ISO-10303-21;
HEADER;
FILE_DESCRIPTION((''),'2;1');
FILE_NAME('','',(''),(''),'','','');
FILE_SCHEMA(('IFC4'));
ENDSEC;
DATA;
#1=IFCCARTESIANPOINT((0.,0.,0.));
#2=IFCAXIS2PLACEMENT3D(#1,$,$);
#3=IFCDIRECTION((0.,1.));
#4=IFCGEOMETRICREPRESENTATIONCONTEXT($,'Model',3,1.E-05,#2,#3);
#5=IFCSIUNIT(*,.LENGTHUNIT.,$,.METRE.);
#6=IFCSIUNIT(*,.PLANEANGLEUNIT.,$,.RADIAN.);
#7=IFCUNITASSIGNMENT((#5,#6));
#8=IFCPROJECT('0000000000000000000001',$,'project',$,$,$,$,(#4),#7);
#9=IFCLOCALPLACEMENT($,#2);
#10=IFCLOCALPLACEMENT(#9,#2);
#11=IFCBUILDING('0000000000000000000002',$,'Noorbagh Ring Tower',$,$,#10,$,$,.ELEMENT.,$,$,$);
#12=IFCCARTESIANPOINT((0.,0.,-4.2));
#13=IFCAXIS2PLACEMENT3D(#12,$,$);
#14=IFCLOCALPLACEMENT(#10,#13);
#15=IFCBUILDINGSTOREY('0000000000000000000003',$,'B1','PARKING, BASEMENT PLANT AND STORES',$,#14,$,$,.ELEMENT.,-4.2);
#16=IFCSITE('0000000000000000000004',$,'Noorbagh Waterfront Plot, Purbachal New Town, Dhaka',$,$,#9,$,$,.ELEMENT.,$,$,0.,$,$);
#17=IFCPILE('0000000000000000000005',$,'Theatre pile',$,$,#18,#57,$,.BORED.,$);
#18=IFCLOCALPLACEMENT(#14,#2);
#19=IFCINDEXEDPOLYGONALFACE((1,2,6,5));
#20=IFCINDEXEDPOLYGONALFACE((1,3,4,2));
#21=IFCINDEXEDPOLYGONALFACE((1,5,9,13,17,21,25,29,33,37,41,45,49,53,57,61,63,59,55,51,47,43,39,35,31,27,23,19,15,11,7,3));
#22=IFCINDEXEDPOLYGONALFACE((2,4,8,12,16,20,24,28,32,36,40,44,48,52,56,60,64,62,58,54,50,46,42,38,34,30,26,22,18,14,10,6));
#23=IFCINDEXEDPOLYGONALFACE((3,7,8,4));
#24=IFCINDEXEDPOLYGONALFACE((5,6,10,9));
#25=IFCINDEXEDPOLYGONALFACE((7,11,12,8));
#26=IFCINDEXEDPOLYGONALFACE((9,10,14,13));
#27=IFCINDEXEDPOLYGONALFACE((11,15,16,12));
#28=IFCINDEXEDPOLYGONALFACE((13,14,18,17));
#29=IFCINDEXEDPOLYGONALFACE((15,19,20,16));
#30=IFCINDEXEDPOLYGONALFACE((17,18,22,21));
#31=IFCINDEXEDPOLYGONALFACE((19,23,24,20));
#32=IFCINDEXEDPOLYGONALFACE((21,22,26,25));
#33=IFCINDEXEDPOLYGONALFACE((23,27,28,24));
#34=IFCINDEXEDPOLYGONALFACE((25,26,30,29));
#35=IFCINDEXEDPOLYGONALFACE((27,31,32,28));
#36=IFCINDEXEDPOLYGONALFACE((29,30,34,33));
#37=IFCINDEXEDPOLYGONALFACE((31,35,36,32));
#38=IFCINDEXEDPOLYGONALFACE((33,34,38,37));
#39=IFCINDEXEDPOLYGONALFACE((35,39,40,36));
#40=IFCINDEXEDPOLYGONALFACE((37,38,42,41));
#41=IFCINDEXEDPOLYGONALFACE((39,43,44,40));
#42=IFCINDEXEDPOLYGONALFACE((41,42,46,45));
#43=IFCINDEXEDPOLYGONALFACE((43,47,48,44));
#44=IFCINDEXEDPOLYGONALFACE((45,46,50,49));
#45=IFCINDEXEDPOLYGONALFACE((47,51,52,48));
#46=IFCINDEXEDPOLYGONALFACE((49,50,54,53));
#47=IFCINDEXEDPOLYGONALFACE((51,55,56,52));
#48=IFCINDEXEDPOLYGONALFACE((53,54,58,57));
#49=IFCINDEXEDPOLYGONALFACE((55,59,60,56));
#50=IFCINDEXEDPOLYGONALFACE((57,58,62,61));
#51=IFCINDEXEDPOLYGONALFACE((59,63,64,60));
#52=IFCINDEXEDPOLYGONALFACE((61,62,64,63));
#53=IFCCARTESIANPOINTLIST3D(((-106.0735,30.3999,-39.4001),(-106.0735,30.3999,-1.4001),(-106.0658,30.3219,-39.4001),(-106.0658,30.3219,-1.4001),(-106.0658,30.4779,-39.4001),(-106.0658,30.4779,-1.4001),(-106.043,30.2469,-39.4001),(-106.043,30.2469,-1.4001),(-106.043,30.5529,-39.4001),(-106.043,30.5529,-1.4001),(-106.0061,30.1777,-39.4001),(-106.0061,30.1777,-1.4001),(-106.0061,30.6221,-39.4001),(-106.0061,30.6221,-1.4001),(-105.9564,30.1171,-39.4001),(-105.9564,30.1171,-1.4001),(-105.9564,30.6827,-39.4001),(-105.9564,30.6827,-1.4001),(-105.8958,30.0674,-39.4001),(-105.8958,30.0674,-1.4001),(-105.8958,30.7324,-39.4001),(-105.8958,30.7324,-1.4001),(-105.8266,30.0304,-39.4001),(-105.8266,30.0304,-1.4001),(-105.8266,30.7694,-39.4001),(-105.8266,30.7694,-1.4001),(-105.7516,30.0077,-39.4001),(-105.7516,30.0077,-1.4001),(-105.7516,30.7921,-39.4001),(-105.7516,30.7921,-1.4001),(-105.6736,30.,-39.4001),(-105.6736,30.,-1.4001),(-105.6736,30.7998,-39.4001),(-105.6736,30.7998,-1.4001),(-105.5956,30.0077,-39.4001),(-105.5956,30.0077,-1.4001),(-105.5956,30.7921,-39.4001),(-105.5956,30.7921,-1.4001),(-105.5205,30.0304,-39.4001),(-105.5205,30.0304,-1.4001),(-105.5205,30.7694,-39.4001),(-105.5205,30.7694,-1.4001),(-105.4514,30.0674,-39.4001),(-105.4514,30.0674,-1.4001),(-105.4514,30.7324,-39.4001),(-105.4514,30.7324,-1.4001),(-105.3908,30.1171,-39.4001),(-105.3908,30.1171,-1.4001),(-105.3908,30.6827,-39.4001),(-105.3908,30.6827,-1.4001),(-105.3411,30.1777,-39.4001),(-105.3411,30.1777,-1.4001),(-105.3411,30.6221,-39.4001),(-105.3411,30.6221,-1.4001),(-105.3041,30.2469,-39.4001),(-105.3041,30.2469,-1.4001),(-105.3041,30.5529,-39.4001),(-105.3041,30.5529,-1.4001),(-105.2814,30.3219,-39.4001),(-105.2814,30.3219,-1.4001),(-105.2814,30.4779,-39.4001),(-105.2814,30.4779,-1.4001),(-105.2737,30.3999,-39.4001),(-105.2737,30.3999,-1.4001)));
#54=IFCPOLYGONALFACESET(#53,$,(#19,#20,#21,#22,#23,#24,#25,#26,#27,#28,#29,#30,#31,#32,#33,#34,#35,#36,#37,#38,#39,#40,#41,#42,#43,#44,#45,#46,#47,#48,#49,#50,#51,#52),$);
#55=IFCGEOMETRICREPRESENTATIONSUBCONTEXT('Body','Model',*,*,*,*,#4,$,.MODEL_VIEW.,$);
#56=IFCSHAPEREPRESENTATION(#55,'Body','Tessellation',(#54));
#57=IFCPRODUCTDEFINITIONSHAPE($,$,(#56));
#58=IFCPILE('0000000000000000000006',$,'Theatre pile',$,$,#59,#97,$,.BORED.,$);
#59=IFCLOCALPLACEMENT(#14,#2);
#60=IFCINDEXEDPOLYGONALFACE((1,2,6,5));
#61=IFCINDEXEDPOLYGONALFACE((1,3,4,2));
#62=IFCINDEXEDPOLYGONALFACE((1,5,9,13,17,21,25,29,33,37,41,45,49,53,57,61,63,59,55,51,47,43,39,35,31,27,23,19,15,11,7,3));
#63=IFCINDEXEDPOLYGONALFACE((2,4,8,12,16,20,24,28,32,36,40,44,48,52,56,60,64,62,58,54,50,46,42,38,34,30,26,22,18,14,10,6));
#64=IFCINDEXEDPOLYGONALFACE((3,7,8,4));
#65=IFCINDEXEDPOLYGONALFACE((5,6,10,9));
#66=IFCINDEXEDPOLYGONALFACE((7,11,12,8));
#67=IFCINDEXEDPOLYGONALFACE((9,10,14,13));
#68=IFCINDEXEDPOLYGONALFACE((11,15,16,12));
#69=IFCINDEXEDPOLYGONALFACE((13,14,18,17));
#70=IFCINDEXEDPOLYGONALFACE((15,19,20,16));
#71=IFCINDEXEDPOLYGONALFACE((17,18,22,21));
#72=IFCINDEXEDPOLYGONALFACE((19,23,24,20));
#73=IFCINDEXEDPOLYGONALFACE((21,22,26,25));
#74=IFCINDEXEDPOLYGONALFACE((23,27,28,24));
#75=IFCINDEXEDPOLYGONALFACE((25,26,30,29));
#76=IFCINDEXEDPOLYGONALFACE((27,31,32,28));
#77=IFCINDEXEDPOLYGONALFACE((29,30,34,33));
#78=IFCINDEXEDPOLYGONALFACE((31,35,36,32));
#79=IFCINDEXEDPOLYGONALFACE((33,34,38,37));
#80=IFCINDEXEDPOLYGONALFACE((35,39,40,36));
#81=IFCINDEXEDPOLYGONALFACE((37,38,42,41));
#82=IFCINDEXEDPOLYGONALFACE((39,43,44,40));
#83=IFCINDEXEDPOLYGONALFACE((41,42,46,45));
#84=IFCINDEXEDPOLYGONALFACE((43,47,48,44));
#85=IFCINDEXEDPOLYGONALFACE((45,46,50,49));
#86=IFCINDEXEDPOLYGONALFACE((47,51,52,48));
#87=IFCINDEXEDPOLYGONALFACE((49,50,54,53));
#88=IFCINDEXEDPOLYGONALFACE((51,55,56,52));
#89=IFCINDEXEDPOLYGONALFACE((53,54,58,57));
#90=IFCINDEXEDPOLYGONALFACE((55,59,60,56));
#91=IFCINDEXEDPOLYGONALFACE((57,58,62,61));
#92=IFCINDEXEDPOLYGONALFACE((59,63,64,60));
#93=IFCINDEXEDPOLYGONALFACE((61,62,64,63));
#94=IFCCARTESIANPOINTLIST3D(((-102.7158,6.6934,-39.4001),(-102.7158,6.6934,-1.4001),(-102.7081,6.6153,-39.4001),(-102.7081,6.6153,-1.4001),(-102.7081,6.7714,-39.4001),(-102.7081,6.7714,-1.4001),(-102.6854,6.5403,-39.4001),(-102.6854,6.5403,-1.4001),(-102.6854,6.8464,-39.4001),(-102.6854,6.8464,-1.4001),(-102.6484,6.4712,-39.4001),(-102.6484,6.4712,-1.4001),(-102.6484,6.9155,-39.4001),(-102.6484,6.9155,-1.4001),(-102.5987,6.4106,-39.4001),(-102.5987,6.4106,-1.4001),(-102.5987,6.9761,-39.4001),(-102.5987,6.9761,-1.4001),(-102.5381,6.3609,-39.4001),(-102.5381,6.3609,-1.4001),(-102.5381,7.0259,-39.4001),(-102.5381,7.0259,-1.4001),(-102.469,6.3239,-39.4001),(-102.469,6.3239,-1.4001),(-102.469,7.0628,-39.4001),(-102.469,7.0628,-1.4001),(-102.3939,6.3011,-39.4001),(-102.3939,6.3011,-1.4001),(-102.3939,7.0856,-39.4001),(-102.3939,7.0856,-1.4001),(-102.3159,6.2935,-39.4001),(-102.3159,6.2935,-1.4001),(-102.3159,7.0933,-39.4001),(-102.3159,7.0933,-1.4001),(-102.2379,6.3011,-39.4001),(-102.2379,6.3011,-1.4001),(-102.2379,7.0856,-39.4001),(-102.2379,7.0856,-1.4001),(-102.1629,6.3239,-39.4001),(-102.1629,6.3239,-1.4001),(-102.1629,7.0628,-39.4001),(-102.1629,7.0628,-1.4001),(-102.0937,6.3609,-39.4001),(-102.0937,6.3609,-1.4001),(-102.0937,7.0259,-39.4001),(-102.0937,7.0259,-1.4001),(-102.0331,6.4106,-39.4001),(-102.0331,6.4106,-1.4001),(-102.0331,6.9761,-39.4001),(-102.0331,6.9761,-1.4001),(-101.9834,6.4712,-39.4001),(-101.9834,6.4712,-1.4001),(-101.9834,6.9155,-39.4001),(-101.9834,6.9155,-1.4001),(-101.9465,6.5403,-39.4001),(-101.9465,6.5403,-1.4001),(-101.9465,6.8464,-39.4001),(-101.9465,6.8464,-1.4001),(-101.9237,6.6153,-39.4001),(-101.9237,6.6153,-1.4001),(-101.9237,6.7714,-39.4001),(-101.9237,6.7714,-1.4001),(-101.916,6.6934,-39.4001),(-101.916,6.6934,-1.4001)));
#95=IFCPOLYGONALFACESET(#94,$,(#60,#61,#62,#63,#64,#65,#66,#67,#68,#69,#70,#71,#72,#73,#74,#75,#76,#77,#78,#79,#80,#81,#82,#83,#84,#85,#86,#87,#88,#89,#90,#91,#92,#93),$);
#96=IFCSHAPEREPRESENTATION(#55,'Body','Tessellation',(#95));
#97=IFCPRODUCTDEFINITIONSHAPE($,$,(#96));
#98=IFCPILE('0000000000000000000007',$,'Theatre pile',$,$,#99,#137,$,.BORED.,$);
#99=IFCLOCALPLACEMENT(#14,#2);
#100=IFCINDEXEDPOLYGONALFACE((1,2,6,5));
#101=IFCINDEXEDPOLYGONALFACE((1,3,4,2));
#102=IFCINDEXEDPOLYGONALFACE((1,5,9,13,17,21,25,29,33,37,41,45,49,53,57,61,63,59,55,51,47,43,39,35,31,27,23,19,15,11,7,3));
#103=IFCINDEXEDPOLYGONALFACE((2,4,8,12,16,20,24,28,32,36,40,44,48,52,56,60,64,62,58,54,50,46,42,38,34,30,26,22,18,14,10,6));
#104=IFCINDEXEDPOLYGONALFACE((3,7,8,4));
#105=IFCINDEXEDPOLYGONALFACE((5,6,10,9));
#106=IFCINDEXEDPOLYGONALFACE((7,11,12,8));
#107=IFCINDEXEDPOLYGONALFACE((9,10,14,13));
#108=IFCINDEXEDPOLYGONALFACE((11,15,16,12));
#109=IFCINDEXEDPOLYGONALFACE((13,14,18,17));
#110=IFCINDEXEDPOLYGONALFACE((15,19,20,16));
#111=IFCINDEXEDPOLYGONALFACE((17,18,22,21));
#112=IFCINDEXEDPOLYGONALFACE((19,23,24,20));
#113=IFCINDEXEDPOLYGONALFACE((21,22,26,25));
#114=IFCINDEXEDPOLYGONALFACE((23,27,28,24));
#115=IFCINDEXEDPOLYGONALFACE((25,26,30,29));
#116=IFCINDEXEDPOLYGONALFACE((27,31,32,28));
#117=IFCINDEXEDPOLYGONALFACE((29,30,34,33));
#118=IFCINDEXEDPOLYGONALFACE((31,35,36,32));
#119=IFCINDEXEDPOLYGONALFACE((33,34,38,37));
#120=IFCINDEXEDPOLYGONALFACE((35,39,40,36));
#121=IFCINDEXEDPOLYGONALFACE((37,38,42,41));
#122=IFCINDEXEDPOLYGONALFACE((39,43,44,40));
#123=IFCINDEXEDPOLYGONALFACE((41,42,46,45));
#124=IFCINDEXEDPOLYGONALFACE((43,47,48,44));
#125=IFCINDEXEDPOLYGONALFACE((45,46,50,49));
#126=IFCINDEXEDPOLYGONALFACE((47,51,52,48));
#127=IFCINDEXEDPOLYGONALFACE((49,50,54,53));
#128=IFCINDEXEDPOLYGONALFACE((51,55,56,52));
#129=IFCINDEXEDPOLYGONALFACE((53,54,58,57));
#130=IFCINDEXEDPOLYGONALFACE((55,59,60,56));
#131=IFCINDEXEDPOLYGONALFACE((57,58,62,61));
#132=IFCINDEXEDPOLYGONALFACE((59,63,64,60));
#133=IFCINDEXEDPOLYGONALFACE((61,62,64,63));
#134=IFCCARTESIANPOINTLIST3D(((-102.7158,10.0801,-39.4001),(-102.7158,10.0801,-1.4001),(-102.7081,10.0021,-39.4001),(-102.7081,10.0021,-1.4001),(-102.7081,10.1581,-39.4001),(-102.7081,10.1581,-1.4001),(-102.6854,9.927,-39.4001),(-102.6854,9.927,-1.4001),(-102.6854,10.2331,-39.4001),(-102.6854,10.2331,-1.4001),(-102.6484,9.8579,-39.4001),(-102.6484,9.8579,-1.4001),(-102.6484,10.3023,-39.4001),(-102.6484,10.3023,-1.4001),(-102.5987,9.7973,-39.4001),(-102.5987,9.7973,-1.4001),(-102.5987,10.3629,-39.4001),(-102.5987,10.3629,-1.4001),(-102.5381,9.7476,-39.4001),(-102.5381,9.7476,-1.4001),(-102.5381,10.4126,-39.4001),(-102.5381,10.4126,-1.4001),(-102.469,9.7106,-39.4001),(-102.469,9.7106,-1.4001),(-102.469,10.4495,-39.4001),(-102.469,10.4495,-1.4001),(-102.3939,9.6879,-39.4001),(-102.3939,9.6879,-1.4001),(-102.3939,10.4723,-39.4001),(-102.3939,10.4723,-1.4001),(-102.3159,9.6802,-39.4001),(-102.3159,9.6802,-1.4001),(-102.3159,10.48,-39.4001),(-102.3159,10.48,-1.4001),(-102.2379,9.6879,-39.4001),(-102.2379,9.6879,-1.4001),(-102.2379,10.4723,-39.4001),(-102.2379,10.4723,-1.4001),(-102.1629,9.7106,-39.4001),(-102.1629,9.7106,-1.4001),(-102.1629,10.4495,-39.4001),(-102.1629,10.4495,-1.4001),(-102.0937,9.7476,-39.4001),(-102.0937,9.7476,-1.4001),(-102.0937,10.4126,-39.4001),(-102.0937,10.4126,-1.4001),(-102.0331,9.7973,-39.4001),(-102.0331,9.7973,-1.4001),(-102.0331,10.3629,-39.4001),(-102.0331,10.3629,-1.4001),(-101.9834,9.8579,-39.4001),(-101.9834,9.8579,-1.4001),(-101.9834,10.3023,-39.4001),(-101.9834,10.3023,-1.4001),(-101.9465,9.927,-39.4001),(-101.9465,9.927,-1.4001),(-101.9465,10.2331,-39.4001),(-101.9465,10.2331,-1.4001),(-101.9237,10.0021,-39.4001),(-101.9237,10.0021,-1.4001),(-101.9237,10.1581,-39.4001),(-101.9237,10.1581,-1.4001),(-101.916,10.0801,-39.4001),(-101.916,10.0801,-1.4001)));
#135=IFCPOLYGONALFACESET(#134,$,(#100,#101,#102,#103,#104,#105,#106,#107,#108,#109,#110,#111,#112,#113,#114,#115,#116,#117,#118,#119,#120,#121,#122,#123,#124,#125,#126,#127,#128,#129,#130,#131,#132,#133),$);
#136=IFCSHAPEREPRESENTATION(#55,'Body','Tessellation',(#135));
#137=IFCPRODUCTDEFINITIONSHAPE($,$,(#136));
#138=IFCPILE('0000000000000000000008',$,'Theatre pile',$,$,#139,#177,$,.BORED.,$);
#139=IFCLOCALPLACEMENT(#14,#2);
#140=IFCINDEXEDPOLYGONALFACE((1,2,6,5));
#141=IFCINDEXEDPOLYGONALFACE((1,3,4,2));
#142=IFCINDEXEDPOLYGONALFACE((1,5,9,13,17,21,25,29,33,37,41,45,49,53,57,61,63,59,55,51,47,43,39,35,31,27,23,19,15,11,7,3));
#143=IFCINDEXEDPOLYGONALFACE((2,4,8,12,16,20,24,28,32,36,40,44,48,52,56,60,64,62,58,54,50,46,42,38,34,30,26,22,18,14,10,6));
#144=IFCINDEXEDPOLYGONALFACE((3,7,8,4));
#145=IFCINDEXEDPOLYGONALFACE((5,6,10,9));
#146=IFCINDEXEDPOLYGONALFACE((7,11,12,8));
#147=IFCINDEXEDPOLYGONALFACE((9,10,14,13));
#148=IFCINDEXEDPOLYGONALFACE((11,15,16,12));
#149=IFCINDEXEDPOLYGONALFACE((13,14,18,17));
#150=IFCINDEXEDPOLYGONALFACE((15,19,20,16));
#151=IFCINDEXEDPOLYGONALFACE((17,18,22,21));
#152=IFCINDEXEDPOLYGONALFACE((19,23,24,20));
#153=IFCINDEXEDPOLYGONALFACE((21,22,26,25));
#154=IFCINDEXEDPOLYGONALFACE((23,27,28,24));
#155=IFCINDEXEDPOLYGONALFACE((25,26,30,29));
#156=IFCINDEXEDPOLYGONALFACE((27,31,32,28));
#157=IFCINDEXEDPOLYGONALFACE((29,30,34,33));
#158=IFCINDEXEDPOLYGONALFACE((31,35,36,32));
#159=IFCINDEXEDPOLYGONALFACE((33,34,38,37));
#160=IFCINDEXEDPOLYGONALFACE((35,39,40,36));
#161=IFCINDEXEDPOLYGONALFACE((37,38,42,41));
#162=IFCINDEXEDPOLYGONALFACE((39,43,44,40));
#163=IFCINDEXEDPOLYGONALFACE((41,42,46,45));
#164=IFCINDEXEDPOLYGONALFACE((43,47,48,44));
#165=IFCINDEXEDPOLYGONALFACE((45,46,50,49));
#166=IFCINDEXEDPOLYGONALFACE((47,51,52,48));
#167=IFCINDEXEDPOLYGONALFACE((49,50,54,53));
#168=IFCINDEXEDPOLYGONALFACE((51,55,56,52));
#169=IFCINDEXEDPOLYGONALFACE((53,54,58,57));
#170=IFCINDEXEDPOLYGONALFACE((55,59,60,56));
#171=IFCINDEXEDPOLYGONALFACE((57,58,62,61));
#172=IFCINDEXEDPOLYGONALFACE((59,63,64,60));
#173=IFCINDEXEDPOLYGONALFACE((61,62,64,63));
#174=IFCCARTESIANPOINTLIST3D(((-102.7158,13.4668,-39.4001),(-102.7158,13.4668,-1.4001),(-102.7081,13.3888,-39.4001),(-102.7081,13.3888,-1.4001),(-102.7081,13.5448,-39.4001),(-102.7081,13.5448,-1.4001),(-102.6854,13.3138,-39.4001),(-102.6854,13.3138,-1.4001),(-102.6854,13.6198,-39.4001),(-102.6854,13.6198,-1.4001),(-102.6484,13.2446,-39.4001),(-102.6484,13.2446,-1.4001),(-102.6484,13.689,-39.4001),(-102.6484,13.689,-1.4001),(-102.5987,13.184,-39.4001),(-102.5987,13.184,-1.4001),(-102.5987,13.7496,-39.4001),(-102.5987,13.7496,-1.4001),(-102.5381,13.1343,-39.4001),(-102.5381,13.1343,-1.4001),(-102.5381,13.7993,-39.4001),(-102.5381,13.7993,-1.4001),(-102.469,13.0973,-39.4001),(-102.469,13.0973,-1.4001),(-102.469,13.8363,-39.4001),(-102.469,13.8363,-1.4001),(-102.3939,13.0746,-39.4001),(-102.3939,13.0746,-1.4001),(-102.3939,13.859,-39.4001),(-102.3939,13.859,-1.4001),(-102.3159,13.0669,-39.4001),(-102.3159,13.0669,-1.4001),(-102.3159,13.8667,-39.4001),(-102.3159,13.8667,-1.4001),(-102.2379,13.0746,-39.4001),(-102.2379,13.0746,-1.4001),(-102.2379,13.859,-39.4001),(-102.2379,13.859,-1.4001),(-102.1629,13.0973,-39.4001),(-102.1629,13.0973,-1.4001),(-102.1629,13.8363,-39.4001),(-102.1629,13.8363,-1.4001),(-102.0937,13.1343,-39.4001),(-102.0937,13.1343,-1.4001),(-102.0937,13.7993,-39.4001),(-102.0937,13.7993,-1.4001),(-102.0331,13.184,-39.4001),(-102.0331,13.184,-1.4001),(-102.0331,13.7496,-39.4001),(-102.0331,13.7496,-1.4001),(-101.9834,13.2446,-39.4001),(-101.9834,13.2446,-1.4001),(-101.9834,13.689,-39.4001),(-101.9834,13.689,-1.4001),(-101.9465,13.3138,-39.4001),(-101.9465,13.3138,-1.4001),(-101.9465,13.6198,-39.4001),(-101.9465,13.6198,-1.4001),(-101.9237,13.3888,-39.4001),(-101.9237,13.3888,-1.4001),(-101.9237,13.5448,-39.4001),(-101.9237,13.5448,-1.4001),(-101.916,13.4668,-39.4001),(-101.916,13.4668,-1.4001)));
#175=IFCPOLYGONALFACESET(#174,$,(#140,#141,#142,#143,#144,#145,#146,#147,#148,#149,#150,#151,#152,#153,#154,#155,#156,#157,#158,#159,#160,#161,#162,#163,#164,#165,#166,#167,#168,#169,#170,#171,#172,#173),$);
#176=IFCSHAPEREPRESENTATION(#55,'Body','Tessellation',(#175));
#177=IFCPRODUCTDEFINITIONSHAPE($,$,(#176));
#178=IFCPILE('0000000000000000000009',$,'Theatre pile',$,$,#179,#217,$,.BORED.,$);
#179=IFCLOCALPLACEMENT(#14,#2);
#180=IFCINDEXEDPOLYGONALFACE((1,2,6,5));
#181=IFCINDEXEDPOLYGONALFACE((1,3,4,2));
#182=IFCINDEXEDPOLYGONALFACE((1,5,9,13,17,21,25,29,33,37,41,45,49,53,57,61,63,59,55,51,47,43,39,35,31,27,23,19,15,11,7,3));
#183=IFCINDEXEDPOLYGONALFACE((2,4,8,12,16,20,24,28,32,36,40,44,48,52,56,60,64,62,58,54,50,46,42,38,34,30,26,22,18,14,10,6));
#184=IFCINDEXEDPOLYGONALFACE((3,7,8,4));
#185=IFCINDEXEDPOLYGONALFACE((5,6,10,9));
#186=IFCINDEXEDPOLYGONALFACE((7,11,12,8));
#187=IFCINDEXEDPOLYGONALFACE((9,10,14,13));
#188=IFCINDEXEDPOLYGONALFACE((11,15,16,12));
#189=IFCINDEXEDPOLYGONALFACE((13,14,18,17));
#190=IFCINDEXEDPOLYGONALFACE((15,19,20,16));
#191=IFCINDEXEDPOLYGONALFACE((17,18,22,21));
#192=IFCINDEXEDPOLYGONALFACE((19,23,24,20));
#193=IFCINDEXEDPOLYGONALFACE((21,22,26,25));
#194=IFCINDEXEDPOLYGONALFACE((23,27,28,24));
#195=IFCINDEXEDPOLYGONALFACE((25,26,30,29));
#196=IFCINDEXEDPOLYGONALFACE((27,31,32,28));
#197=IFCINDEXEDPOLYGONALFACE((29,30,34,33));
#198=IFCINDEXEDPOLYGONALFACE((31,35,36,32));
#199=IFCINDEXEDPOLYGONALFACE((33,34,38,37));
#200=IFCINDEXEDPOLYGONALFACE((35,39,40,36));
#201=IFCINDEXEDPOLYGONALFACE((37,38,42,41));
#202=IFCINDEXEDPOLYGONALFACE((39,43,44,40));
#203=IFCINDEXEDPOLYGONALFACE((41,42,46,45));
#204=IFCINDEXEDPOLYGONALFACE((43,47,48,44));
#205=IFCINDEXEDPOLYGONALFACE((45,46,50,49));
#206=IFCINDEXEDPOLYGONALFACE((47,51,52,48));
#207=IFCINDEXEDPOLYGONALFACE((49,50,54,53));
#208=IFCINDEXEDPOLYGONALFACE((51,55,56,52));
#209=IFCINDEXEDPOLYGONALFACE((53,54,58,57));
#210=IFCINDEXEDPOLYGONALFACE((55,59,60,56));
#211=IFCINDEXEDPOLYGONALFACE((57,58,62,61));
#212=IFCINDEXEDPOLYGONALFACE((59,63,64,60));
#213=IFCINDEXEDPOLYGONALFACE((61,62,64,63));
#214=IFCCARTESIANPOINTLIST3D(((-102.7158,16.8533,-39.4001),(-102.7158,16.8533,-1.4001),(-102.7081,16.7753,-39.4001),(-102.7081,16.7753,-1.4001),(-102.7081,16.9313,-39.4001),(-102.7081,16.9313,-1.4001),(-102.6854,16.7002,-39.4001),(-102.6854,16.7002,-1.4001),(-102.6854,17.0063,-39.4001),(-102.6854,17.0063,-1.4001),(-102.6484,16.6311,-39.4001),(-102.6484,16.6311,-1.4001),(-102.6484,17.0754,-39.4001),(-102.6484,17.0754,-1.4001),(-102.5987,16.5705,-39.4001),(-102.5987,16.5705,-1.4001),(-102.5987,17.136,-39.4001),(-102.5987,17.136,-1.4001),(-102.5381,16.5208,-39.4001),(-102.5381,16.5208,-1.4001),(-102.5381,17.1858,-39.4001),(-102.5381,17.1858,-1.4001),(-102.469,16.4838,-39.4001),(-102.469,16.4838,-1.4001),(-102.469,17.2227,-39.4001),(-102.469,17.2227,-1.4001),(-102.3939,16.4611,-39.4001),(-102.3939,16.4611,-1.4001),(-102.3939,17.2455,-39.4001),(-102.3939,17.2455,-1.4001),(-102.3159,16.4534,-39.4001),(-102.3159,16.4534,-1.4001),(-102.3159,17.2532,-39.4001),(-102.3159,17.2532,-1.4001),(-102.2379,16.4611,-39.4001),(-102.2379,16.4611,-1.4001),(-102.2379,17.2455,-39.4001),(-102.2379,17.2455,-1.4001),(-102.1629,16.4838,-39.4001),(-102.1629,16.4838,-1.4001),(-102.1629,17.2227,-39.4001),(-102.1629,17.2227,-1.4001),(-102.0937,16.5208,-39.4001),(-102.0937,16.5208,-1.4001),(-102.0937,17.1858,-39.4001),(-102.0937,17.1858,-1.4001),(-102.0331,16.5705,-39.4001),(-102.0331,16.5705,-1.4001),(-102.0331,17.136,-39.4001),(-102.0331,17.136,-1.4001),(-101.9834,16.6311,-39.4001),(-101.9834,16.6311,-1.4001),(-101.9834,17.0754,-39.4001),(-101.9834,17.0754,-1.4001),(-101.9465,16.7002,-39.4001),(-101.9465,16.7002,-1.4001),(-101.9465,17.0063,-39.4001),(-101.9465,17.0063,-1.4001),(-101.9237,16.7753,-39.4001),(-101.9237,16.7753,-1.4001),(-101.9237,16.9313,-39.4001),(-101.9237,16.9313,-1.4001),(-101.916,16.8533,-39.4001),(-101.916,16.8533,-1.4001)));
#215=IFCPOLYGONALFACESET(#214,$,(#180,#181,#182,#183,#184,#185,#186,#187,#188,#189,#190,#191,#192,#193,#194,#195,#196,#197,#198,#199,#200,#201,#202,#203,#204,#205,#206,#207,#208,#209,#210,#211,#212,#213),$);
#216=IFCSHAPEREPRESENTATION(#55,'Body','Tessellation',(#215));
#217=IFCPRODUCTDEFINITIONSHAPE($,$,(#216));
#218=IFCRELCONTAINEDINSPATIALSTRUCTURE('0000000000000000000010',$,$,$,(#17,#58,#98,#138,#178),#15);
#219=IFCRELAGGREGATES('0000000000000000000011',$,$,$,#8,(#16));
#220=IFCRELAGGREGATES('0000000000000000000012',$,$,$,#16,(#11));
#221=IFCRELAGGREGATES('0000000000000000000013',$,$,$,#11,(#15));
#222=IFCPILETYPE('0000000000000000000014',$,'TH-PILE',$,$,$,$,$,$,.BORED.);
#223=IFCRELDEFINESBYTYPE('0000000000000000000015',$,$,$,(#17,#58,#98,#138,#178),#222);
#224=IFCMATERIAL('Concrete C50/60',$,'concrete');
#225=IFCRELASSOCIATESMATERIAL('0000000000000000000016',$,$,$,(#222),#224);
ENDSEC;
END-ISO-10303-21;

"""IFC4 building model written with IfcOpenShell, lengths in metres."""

from ifc_helpers import new_model, si_unit, direction, frame, origin, origin_2d, place, context, subcontext, project, spatial, circle, extrude, material, material_profile, profile_set, type_object, element, save


model = new_model("IFC4")

# Units and contexts
model_context = context("Model", 3, precision=1e-05, world=origin(), true_north=direction((0.0, 1.0)))
body_context = subcontext(model_context, "Body", "Model", "MODEL_VIEW")
ifc_project = project(units=[si_unit("LENGTHUNIT", "METRE"), si_unit("PLANEANGLEUNIT", "RADIAN")], contexts=[model_context])

# Site, building, storey
site_placement = place(None, origin())
site = spatial("IfcSite", under=ifc_project, at=site_placement, Name="Noorbagh Waterfront Plot, Purbachal New Town, Dhaka", CompositionType="ELEMENT", RefElevation=0.0)
building_placement = place(site_placement, origin())
building = spatial("IfcBuilding", under=site, at=building_placement, Name="Noorbagh Ring Tower", CompositionType="ELEMENT")
storey_placement = place(building_placement, frame((0.0, 0.0, -4.2)))
storey = spatial("IfcBuildingStorey", under=building, at=storey_placement, Name="B1", Description="PARKING, BASEMENT PLANT AND STORES", CompositionType="ELEMENT", Elevation=-4.2)

# Piles
ifc_material_1 = material(Name="Concrete C50/60", Category="concrete")
ifc_material_profile_1 = material_profile(ifc_material_1, circle(Radius=0.3999, at=origin_2d()), Name="PILE800")
ifc_profile_set_1 = profile_set([ifc_material_profile_1], Name="Concrete C50/60")
pile_type = type_object("IfcPileType", Name="TH-PILE", PredefinedType="BORED", material=ifc_profile_set_1)
for number, where, z_axis, x_axis, name in (
    (1, (-105.6736, 30.3999, -1.4001), (0.0, 0.0, -1.0), (1.0, 0.0, 0.0), "Theatre pile"),
    (2, (-102.3159, 6.6934, -1.4001), (0.0, 0.0, -1.0), (1.0, 0.0, 0.0), "Theatre pile"),
    (3, (-102.3159, 10.0801, -1.4001), (0.0, 0.0, -1.0), (1.0, 0.0, 0.0), "Theatre pile"),
    (4, (-102.3159, 13.4668, -1.4001), (0.0, 0.0, -1.0), (1.0, 0.0, 0.0), "Theatre pile"),
    (5, (-102.3159, 16.8533, -1.4001), (0.0, 0.0, -1.0), (1.0, 0.0, 0.0), "Theatre pile"),
):
    element("IfcPile", number, at=place(storey_placement, frame(where, z_axis=z_axis, x_axis=x_axis)), inside=storey, type_object=pile_type, Name=name, PredefinedType="BORED", context=body_context, shape_type="SweptSolid", body=[
        extrude(circle(Radius=0.3999, at=origin_2d()), origin(), (0.0, 0.0, 1.0), 38.0),
    ])

save(model, "model.ifc")
